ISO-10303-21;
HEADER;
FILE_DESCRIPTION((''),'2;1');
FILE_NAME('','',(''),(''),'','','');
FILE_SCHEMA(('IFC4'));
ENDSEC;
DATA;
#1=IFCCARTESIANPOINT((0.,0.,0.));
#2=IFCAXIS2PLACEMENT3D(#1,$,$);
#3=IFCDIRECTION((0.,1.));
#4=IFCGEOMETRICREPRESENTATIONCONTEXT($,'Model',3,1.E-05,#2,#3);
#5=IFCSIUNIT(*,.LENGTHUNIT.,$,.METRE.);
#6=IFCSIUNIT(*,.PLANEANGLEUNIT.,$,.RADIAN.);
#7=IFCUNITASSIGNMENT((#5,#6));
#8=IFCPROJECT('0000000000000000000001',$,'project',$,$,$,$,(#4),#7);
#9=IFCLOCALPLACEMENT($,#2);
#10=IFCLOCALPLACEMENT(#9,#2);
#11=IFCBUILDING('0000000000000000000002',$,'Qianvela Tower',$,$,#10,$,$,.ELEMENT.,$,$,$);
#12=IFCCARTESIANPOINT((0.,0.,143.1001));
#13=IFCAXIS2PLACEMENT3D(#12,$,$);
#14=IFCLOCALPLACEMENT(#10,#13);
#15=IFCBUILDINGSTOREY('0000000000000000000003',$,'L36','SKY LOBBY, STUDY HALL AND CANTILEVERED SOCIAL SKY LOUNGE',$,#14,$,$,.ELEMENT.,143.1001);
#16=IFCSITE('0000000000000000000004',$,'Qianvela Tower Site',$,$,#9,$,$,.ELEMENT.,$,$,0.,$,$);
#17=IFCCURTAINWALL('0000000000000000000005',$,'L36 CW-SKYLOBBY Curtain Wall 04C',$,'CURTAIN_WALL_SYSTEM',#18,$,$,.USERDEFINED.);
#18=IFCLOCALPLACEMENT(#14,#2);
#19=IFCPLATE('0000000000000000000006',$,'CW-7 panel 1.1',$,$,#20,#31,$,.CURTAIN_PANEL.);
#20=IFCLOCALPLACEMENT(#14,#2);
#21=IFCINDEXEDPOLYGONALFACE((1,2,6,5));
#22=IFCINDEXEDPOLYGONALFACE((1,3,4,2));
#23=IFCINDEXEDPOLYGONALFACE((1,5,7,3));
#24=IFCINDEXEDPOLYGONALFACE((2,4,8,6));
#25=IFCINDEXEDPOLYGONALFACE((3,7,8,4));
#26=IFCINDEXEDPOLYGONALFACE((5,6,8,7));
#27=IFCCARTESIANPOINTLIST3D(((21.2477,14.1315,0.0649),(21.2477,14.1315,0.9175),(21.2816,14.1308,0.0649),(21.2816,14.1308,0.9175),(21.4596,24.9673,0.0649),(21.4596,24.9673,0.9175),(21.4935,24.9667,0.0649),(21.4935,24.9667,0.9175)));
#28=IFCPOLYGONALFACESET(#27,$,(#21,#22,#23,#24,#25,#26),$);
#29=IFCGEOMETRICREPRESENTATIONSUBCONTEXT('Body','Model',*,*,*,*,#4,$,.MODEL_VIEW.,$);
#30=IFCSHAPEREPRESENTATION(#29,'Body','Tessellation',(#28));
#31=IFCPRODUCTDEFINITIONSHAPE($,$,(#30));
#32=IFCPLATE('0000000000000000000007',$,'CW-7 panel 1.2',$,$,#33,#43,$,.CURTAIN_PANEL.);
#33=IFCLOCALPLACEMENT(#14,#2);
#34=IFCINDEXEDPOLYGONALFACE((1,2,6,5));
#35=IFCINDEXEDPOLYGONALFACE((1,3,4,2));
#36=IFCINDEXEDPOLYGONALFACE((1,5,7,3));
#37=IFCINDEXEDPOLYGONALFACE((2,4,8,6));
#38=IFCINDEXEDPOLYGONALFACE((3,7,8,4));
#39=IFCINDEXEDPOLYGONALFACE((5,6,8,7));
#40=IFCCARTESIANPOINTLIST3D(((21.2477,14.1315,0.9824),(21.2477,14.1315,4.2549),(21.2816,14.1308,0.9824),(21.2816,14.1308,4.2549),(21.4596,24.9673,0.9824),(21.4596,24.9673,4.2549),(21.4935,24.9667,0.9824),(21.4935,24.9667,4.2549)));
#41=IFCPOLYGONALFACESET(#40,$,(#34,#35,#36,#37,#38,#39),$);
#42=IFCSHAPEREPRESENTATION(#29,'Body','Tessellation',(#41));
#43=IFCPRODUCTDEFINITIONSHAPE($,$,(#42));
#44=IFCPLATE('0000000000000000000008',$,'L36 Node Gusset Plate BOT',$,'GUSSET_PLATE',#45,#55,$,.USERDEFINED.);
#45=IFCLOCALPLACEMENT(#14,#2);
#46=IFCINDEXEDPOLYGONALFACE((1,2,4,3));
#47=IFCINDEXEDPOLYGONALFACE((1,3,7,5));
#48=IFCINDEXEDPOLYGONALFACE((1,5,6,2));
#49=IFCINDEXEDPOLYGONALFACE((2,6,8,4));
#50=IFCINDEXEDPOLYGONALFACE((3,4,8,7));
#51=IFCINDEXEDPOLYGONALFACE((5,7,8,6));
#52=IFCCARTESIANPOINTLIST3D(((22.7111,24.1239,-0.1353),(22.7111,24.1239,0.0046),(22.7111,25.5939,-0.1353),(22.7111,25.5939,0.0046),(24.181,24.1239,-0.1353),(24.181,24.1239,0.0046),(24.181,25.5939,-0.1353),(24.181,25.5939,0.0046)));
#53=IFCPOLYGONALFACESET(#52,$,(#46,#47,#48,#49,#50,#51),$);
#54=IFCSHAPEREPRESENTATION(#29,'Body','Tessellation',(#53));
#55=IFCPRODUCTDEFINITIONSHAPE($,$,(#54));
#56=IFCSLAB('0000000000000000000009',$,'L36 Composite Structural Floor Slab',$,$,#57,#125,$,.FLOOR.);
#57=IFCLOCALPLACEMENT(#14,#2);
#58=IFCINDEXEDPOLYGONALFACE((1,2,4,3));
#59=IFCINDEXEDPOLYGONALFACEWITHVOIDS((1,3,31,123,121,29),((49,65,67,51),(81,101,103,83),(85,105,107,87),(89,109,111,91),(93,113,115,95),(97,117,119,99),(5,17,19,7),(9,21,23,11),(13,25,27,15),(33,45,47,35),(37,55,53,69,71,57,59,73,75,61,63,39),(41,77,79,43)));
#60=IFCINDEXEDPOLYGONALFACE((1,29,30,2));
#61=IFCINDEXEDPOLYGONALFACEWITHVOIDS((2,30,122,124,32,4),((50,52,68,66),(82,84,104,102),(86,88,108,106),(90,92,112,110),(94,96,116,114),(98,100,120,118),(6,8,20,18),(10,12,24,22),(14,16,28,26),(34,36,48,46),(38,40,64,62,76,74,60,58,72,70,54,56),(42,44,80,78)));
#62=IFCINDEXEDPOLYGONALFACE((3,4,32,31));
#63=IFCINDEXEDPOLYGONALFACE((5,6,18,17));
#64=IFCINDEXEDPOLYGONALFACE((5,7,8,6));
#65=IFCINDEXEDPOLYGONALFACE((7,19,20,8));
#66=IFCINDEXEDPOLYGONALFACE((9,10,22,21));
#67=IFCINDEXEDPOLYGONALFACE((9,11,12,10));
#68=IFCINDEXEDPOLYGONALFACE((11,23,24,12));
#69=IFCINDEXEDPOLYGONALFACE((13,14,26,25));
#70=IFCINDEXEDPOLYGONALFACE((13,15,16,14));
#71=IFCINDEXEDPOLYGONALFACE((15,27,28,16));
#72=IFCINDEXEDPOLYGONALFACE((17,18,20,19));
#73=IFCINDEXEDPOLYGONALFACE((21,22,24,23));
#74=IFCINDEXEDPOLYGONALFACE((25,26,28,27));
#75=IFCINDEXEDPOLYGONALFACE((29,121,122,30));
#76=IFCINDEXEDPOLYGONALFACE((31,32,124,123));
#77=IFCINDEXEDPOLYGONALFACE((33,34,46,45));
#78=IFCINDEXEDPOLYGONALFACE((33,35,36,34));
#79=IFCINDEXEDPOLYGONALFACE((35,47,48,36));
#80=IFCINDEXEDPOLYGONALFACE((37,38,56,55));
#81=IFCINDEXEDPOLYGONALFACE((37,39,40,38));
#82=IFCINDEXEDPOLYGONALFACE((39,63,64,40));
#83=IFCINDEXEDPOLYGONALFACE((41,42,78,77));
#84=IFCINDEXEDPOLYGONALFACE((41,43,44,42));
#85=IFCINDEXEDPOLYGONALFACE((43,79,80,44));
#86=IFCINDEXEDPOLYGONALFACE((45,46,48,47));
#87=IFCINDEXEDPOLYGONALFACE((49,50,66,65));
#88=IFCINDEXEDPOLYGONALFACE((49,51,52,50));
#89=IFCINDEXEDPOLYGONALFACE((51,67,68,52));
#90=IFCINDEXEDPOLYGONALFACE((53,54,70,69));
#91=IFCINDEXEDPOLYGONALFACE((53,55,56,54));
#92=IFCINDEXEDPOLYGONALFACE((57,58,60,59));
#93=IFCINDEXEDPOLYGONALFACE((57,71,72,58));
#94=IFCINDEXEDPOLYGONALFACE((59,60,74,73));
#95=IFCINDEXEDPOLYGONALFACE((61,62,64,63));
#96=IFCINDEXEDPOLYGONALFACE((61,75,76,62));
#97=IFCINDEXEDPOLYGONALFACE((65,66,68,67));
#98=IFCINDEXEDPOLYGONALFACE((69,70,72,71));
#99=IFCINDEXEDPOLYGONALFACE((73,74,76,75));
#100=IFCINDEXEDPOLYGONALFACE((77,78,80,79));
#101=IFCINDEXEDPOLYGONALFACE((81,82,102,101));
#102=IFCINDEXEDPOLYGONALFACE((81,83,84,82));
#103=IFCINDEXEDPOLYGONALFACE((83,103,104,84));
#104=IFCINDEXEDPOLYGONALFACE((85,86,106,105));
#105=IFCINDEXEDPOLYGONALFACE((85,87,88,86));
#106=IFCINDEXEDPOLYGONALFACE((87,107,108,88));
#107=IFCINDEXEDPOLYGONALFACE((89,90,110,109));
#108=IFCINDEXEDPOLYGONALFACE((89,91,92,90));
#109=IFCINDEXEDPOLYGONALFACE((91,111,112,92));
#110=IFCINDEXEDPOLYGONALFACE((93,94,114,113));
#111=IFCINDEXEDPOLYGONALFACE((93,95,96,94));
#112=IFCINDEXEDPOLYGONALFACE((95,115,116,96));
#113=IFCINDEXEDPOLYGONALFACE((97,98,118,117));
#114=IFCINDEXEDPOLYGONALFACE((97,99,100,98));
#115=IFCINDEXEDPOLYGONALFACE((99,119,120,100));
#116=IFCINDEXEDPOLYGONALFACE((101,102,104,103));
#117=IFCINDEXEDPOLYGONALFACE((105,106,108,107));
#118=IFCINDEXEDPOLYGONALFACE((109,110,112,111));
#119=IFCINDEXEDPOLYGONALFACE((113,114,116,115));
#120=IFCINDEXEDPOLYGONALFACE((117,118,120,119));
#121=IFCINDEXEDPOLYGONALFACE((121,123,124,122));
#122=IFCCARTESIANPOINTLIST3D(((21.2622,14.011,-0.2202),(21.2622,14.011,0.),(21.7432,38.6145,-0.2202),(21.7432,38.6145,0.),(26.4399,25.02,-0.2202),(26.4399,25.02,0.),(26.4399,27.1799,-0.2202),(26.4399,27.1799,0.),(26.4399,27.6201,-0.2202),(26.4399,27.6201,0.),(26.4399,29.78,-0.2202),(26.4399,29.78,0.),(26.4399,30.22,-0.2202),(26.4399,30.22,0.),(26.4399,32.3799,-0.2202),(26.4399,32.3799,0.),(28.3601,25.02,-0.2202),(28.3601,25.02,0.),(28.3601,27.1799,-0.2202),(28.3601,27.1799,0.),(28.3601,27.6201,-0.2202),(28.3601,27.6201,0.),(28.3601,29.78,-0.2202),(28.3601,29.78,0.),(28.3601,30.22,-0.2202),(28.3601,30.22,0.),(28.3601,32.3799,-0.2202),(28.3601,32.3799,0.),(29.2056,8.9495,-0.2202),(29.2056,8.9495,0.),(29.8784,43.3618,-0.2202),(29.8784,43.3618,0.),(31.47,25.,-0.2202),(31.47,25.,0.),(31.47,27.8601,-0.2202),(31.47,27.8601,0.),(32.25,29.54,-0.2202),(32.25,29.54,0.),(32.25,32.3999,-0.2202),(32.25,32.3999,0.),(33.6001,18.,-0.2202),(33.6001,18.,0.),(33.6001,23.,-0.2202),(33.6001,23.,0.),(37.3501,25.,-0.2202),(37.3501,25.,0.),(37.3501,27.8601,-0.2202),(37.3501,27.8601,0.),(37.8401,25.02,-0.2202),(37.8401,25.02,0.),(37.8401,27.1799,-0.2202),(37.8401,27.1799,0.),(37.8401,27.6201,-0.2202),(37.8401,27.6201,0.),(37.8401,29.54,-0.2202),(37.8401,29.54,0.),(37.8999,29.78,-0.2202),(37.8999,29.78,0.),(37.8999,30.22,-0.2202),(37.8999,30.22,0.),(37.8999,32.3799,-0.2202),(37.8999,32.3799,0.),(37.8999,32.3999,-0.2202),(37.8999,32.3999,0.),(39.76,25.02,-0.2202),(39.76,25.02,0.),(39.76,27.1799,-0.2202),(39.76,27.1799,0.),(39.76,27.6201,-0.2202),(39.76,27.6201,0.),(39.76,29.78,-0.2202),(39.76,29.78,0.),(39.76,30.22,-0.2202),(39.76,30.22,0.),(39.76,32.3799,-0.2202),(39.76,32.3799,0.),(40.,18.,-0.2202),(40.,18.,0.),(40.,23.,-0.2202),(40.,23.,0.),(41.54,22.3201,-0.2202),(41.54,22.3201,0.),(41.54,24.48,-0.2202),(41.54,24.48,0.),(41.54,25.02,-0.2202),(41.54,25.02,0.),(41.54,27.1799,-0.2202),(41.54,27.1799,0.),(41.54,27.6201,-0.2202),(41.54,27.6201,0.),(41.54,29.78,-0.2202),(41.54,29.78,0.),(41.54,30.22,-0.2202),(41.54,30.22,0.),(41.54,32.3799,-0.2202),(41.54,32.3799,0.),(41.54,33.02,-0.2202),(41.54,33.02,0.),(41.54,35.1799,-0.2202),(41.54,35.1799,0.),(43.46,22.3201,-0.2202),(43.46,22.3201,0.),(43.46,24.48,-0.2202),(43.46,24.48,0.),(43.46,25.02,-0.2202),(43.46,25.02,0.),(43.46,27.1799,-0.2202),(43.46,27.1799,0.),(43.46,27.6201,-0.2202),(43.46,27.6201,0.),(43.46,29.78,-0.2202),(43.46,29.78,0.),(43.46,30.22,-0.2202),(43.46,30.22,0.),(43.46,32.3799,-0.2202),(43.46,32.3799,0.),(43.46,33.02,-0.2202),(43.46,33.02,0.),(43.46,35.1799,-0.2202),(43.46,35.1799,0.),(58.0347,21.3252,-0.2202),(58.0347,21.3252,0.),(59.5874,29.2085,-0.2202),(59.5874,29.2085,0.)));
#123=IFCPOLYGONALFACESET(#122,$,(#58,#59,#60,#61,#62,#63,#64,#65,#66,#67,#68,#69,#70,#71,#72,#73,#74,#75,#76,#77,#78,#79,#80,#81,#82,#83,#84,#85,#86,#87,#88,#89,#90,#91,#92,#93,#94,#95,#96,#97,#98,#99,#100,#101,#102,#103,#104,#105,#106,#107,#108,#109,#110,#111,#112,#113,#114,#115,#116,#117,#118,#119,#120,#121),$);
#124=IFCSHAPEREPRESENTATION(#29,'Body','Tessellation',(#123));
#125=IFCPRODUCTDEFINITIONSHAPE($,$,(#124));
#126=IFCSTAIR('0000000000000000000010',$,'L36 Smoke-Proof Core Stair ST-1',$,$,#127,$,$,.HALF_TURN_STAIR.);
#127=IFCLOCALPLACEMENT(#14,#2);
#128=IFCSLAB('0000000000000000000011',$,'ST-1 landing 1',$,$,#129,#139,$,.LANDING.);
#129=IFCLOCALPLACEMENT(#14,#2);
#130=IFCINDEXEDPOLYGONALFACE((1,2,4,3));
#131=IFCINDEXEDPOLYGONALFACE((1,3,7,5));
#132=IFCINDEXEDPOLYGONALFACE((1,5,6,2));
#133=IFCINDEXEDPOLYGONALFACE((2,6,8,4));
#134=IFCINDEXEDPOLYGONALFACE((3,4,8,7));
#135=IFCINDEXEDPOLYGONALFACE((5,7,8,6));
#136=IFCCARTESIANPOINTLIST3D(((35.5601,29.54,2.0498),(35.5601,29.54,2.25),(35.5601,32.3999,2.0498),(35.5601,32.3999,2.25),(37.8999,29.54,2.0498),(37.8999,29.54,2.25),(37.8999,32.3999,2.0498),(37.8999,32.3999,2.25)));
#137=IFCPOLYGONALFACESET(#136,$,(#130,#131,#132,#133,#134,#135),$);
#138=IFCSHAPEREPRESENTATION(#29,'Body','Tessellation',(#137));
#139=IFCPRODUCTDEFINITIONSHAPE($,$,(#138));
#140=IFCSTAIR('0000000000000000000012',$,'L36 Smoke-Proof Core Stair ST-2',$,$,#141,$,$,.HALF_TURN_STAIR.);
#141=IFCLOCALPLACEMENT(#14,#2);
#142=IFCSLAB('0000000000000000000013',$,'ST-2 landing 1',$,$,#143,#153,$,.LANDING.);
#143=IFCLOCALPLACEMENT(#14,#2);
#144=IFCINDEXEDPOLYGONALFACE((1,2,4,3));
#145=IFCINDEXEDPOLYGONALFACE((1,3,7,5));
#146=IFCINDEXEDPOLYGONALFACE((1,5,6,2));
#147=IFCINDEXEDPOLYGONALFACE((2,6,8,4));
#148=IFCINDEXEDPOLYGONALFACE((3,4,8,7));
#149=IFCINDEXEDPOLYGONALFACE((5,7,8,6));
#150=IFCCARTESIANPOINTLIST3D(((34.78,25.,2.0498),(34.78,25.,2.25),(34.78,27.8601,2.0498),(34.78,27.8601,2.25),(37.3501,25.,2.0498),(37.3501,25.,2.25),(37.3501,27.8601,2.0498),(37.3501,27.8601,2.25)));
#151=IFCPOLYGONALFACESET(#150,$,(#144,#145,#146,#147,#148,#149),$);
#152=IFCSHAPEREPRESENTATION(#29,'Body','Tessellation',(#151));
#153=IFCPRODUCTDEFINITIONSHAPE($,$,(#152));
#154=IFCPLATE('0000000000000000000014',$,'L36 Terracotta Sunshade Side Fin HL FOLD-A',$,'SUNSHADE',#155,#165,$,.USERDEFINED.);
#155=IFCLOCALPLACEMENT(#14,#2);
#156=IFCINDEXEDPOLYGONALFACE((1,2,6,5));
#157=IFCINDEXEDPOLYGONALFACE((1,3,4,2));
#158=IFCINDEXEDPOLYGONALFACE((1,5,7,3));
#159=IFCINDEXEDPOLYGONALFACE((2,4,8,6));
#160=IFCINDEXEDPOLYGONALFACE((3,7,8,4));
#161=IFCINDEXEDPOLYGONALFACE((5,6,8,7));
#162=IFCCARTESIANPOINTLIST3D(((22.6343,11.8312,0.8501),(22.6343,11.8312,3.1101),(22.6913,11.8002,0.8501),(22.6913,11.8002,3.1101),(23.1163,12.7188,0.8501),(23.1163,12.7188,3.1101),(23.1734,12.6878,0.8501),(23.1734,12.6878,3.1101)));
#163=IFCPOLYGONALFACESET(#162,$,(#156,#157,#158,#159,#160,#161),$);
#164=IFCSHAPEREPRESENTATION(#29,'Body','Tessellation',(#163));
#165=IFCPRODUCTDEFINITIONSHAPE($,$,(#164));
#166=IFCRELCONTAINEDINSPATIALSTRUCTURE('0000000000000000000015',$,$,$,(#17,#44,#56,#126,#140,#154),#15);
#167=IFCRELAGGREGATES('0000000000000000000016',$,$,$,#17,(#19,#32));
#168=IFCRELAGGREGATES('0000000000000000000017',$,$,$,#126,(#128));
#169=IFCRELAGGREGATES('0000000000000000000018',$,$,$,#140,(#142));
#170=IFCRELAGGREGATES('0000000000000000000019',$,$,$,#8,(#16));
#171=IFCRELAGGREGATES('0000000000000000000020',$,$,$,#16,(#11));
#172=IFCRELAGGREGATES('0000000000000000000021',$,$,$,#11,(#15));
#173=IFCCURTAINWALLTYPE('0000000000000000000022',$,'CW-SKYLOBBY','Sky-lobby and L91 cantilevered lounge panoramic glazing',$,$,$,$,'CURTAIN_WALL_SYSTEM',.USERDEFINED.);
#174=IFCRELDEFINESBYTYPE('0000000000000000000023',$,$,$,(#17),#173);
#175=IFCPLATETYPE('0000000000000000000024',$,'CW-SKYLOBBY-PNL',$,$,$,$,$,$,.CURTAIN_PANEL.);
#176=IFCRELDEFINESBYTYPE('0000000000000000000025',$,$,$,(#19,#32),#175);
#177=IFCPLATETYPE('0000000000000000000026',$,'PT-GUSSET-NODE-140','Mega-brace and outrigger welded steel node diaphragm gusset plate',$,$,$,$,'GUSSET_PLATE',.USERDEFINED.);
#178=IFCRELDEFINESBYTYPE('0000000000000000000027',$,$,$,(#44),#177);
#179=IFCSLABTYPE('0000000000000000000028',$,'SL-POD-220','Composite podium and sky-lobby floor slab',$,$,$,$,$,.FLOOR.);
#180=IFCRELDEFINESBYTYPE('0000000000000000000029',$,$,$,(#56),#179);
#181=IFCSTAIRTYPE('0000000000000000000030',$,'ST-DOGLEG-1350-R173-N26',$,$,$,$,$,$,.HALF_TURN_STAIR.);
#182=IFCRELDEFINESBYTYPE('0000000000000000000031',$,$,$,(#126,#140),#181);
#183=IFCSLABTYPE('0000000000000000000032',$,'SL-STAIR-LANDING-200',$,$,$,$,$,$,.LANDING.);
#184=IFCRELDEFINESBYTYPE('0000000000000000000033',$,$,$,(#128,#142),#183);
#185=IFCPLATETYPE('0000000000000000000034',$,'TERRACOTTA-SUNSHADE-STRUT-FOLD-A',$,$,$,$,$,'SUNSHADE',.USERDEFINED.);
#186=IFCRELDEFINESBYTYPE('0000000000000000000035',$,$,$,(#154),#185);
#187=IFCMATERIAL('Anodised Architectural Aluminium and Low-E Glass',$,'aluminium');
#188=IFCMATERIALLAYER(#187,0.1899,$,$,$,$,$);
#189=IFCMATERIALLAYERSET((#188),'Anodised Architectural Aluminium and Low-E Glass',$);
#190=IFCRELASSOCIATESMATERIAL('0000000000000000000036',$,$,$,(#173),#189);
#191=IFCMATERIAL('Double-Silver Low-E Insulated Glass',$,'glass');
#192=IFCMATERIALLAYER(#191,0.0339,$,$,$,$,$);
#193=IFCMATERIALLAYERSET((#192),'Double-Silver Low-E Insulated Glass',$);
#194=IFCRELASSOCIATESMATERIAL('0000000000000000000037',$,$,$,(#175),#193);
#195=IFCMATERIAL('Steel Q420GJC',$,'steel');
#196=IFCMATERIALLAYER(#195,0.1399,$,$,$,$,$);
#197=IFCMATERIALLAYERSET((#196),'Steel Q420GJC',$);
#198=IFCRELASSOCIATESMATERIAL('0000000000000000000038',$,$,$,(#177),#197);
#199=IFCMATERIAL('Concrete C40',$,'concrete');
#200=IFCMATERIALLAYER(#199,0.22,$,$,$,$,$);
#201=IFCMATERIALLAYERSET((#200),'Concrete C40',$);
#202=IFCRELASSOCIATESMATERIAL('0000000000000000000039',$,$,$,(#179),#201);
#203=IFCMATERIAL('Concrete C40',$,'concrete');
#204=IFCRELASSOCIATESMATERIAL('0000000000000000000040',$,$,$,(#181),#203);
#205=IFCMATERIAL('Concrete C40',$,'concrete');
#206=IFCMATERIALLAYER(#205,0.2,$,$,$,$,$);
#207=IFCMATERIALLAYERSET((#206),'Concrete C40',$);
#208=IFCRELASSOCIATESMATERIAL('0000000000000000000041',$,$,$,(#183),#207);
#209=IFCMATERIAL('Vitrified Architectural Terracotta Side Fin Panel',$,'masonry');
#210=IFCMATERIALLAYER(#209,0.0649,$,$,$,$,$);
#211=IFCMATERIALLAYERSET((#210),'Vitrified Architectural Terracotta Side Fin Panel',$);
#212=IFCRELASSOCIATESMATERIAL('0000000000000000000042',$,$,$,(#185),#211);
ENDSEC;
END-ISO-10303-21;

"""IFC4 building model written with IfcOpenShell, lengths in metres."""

from ifc_helpers import new_model, si_unit, direction, frame, origin, origin_2d, place, context, subcontext, project, spatial, polyline, rectangle, outline, extrude, material, layer, layer_set, type_object, element, aggregate, save


model = new_model("IFC4")

# Units and contexts
model_context = context("Model", 3, precision=1e-05, world=origin(), true_north=direction((0.0, 1.0)))
body_context = subcontext(model_context, "Body", "Model", "MODEL_VIEW")
ifc_project = project(units=[si_unit("LENGTHUNIT", "METRE"), si_unit("PLANEANGLEUNIT", "RADIAN")], contexts=[model_context])

# Site, building, storey
site_placement = place(None, origin())
site = spatial("IfcSite", under=ifc_project, at=site_placement, Name="Qianvela Tower Site", CompositionType="ELEMENT", RefElevation=0.0)
building_placement = place(site_placement, origin())
building = spatial("IfcBuilding", under=site, at=building_placement, Name="Qianvela Tower", CompositionType="ELEMENT")
storey_placement = place(building_placement, frame((0.0, 0.0, 143.1001)))
storey = spatial("IfcBuildingStorey", under=building, at=storey_placement, Name="L36", Description="SKY LOBBY, STUDY HALL AND CANTILEVERED SOCIAL SKY LOUNGE", CompositionType="ELEMENT", Elevation=143.1001)

# Curtain wall, plates
ifc_material_1 = material(Name="Anodised Architectural Aluminium and Low-E Glass", Category="aluminium")
ifc_layer_1 = layer(ifc_material_1, 0.1899)
ifc_layer_set_1 = layer_set([ifc_layer_1], Name="Anodised Architectural Aluminium and Low-E Glass")
curtain_wall_type = type_object("IfcCurtainWallType", Name="CW-SKYLOBBY", Description="Sky-lobby and L91 cantilevered lounge panoramic glazing", ElementType="CURTAIN_WALL_SYSTEM", PredefinedType="USERDEFINED", material=ifc_layer_set_1)
curtain_wall_placement = place(storey_placement, origin())
curtain_wall = element("IfcCurtainWall", 1, at=curtain_wall_placement, inside=storey, type_object=curtain_wall_type, Name="L36 CW-SKYLOBBY Curtain Wall 04C", ObjectType="CURTAIN_WALL_SYSTEM", PredefinedType="USERDEFINED")
ifc_material_2 = material(Name="Double-Silver Low-E Insulated Glass", Category="glass")
ifc_layer_2 = layer(ifc_material_2, 0.0339)
ifc_layer_set_2 = layer_set([ifc_layer_2], Name="Double-Silver Low-E Insulated Glass")
plate_type_1 = type_object("IfcPlateType", Name="CW-SKYLOBBY-PNL", PredefinedType="CURTAIN_PANEL", material=ifc_layer_set_2)
plate_1_placement = place(storey_placement, frame((21.3706, 19.5491, 0.0649), z_axis=(0.0, 0.0, 1.0), x_axis=(-0.019548, -0.999809, 0.0)))
plate_1 = element("IfcPlate", 2, at=plate_1_placement, type_object=plate_type_1, Name="CW-7 panel 1.1", PredefinedType="CURTAIN_PANEL", context=body_context, shape_type="SweptSolid", body=[
    extrude(rectangle(XDim=10.8379, YDim=0.0339, at=origin_2d()), origin(), (0.0, 0.0, 1.0), 0.8525),
])
plate_2_placement = place(storey_placement, frame((21.3706, 19.5491, 0.9824), z_axis=(0.0, 0.0, 1.0), x_axis=(-0.019548, -0.999809, 0.0)))
plate_2 = element("IfcPlate", 3, at=plate_2_placement, type_object=plate_type_1, Name="CW-7 panel 1.2", PredefinedType="CURTAIN_PANEL", context=body_context, shape_type="SweptSolid", body=[
    extrude(rectangle(XDim=10.8379, YDim=0.0339, at=origin_2d()), origin(), (0.0, 0.0, 1.0), 3.2725),
])
aggregate(curtain_wall, [plate_1, plate_2])

# Plate
ifc_material_3 = material(Name="Steel Q420GJC", Category="steel")
ifc_layer_3 = layer(ifc_material_3, 0.1399)
ifc_layer_set_3 = layer_set([ifc_layer_3], Name="Steel Q420GJC")
plate_type_2 = type_object("IfcPlateType", Name="PT-GUSSET-NODE-140", Description="Mega-brace and outrigger welded steel node diaphragm gusset plate", ElementType="GUSSET_PLATE", PredefinedType="USERDEFINED", material=ifc_layer_set_3)
plate_3_placement = place(storey_placement, frame((23.446, 24.8589, -0.1353), z_axis=(0.0, 0.0, 1.0), x_axis=(1.0, 0.0, 0.0)))
element("IfcPlate", 4, at=plate_3_placement, inside=storey, type_object=plate_type_2, Name="L36 Node Gusset Plate BOT", ObjectType="GUSSET_PLATE", PredefinedType="USERDEFINED", context=body_context, shape_type="SweptSolid", body=[
    extrude(rectangle(XDim=1.47, YDim=1.47, at=origin_2d()), origin(), (0.0, 0.0, 1.0), 0.1399),
])

# Slab
ifc_material_4 = material(Name="Concrete C40", Category="concrete")
ifc_layer_4 = layer(ifc_material_4, 0.22)
ifc_layer_set_4 = layer_set([ifc_layer_4], Name="Concrete C40")
slab_type_1 = type_object("IfcSlabType", Name="SL-POD-220", Description="Composite podium and sky-lobby floor slab", PredefinedType="FLOOR", material=ifc_layer_set_4)
slab_1_placement = place(storey_placement, frame((0.0, 0.0, -0.2202)))
element("IfcSlab", 5, at=slab_1_placement, inside=storey, type_object=slab_type_1, Name="L36 Composite Structural Floor Slab", PredefinedType="FLOOR", context=body_context, shape_type="SweptSolid", body=[
    extrude(outline(polyline([(58.0347, 21.3252), (59.5874, 29.2085), (29.8784, 43.3618), (21.7432, 38.6145), (21.2622, 14.011), (29.2056, 8.9495), (58.0347, 21.3252)]), holes=[polyline([(40.0, 23.0), (33.6001, 23.0), (33.6001, 18.0), (40.0, 18.0), (40.0, 23.0)]), polyline([(28.3601, 25.02), (28.3601, 27.1799), (26.4399, 27.1799), (26.4399, 25.02), (28.3601, 25.02)]), polyline([(37.3501, 25.0), (37.3501, 27.8601), (31.47, 27.8601), (31.47, 25.0), (37.3501, 25.0)]), polyline([(28.3601, 27.6201), (28.3601, 29.78), (26.4399, 29.78), (26.4399, 27.6201), (28.3601, 27.6201)]), polyline([(37.8999, 32.3799), (37.8999, 32.3999), (32.25, 32.3999), (32.25, 29.54), (37.8401, 29.54), (37.8401, 27.6201), (39.76, 27.6201), (39.76, 29.78), (37.8999, 29.78), (37.8999, 30.22), (39.76, 30.22), (39.76, 32.3799), (37.8999, 32.3799)]), polyline([(28.3601, 30.22), (28.3601, 32.3799), (26.4399, 32.3799), (26.4399, 30.22), (28.3601, 30.22)]), polyline([(43.46, 24.48), (41.54, 24.48), (41.54, 22.3201), (43.46, 22.3201), (43.46, 24.48)]), polyline([(39.76, 25.02), (39.76, 27.1799), (37.8401, 27.1799), (37.8401, 25.02), (39.76, 25.02)]), polyline([(43.46, 25.02), (43.46, 27.1799), (41.54, 27.1799), (41.54, 25.02), (43.46, 25.02)]), polyline([(43.46, 27.6201), (43.46, 29.78), (41.54, 29.78), (41.54, 27.6201), (43.46, 27.6201)]), polyline([(43.46, 30.22), (43.46, 32.3799), (41.54, 32.3799), (41.54, 30.22), (43.46, 30.22)]), polyline([(43.46, 33.02), (43.46, 35.1799), (41.54, 35.1799), (41.54, 33.02), (43.46, 33.02)])]), origin(), (0.0, 0.0, 1.0), 0.2202),
])

# Stairs, slabs
ifc_material_5 = material(Name="Concrete C40", Category="concrete")
stair_type = type_object("IfcStairType", Name="ST-DOGLEG-1350-R173-N26", PredefinedType="HALF_TURN_STAIR", material=ifc_material_5)
stair_1_placement = place(storey_placement, origin())
stair_1 = element("IfcStair", 6, at=stair_1_placement, inside=storey, type_object=stair_type, Name="L36 Smoke-Proof Core Stair ST-1", PredefinedType="HALF_TURN_STAIR")
ifc_material_6 = material(Name="Concrete C40", Category="concrete")
ifc_layer_5 = layer(ifc_material_6, 0.2)
ifc_layer_set_5 = layer_set([ifc_layer_5], Name="Concrete C40")
slab_type_2 = type_object("IfcSlabType", Name="SL-STAIR-LANDING-200", PredefinedType="LANDING", material=ifc_layer_set_5)
slab_2_placement = place(storey_placement, frame((0.0, 0.0, 2.0498)))
slab_2 = element("IfcSlab", 7, at=slab_2_placement, type_object=slab_type_2, Name="ST-1 landing 1", PredefinedType="LANDING", context=body_context, shape_type="SweptSolid", body=[
    extrude(outline(polyline([(35.5601, 29.54), (37.8999, 29.54), (37.8999, 32.3999), (35.5601, 32.3999), (35.5601, 29.54)])), origin(), (0.0, 0.0, 1.0), 0.2002),
])
aggregate(stair_1, [slab_2])
stair_2_placement = place(storey_placement, origin())
stair_2 = element("IfcStair", 8, at=stair_2_placement, inside=storey, type_object=stair_type, Name="L36 Smoke-Proof Core Stair ST-2", PredefinedType="HALF_TURN_STAIR")
slab_3_placement = place(storey_placement, frame((0.0, 0.0, 2.0498)))
slab_3 = element("IfcSlab", 9, at=slab_3_placement, type_object=slab_type_2, Name="ST-2 landing 1", PredefinedType="LANDING", context=body_context, shape_type="SweptSolid", body=[
    extrude(outline(polyline([(34.78, 25.0), (37.3501, 25.0), (37.3501, 27.8601), (34.78, 27.8601), (34.78, 25.0)])), origin(), (0.0, 0.0, 1.0), 0.2002),
])
aggregate(stair_2, [slab_3])

# Plate
ifc_material_7 = material(Name="Vitrified Architectural Terracotta Side Fin Panel", Category="masonry")
ifc_layer_6 = layer(ifc_material_7, 0.0649)
ifc_layer_set_6 = layer_set([ifc_layer_6], Name="Vitrified Architectural Terracotta Side Fin Panel")
plate_type_3 = type_object("IfcPlateType", Name="TERRACOTTA-SUNSHADE-STRUT-FOLD-A", ElementType="SUNSHADE", PredefinedType="USERDEFINED", material=ifc_layer_set_6)
plate_4_placement = place(storey_placement, frame((22.9038, 12.2595, 0.8501), z_axis=(0.0, 0.0, 1.0), x_axis=(0.878766, -0.477252, 0.0)))
element("IfcPlate", 10, at=plate_4_placement, inside=storey, type_object=plate_type_3, Name="L36 Terracotta Sunshade Side Fin HL FOLD-A", ObjectType="SUNSHADE", PredefinedType="USERDEFINED", context=body_context, shape_type="SweptSolid", body=[
    extrude(rectangle(XDim=0.0649, YDim=1.01, at=origin_2d()), origin(), (0.0, 0.0, 1.0), 2.26),
])

save(model, "model.ifc")
